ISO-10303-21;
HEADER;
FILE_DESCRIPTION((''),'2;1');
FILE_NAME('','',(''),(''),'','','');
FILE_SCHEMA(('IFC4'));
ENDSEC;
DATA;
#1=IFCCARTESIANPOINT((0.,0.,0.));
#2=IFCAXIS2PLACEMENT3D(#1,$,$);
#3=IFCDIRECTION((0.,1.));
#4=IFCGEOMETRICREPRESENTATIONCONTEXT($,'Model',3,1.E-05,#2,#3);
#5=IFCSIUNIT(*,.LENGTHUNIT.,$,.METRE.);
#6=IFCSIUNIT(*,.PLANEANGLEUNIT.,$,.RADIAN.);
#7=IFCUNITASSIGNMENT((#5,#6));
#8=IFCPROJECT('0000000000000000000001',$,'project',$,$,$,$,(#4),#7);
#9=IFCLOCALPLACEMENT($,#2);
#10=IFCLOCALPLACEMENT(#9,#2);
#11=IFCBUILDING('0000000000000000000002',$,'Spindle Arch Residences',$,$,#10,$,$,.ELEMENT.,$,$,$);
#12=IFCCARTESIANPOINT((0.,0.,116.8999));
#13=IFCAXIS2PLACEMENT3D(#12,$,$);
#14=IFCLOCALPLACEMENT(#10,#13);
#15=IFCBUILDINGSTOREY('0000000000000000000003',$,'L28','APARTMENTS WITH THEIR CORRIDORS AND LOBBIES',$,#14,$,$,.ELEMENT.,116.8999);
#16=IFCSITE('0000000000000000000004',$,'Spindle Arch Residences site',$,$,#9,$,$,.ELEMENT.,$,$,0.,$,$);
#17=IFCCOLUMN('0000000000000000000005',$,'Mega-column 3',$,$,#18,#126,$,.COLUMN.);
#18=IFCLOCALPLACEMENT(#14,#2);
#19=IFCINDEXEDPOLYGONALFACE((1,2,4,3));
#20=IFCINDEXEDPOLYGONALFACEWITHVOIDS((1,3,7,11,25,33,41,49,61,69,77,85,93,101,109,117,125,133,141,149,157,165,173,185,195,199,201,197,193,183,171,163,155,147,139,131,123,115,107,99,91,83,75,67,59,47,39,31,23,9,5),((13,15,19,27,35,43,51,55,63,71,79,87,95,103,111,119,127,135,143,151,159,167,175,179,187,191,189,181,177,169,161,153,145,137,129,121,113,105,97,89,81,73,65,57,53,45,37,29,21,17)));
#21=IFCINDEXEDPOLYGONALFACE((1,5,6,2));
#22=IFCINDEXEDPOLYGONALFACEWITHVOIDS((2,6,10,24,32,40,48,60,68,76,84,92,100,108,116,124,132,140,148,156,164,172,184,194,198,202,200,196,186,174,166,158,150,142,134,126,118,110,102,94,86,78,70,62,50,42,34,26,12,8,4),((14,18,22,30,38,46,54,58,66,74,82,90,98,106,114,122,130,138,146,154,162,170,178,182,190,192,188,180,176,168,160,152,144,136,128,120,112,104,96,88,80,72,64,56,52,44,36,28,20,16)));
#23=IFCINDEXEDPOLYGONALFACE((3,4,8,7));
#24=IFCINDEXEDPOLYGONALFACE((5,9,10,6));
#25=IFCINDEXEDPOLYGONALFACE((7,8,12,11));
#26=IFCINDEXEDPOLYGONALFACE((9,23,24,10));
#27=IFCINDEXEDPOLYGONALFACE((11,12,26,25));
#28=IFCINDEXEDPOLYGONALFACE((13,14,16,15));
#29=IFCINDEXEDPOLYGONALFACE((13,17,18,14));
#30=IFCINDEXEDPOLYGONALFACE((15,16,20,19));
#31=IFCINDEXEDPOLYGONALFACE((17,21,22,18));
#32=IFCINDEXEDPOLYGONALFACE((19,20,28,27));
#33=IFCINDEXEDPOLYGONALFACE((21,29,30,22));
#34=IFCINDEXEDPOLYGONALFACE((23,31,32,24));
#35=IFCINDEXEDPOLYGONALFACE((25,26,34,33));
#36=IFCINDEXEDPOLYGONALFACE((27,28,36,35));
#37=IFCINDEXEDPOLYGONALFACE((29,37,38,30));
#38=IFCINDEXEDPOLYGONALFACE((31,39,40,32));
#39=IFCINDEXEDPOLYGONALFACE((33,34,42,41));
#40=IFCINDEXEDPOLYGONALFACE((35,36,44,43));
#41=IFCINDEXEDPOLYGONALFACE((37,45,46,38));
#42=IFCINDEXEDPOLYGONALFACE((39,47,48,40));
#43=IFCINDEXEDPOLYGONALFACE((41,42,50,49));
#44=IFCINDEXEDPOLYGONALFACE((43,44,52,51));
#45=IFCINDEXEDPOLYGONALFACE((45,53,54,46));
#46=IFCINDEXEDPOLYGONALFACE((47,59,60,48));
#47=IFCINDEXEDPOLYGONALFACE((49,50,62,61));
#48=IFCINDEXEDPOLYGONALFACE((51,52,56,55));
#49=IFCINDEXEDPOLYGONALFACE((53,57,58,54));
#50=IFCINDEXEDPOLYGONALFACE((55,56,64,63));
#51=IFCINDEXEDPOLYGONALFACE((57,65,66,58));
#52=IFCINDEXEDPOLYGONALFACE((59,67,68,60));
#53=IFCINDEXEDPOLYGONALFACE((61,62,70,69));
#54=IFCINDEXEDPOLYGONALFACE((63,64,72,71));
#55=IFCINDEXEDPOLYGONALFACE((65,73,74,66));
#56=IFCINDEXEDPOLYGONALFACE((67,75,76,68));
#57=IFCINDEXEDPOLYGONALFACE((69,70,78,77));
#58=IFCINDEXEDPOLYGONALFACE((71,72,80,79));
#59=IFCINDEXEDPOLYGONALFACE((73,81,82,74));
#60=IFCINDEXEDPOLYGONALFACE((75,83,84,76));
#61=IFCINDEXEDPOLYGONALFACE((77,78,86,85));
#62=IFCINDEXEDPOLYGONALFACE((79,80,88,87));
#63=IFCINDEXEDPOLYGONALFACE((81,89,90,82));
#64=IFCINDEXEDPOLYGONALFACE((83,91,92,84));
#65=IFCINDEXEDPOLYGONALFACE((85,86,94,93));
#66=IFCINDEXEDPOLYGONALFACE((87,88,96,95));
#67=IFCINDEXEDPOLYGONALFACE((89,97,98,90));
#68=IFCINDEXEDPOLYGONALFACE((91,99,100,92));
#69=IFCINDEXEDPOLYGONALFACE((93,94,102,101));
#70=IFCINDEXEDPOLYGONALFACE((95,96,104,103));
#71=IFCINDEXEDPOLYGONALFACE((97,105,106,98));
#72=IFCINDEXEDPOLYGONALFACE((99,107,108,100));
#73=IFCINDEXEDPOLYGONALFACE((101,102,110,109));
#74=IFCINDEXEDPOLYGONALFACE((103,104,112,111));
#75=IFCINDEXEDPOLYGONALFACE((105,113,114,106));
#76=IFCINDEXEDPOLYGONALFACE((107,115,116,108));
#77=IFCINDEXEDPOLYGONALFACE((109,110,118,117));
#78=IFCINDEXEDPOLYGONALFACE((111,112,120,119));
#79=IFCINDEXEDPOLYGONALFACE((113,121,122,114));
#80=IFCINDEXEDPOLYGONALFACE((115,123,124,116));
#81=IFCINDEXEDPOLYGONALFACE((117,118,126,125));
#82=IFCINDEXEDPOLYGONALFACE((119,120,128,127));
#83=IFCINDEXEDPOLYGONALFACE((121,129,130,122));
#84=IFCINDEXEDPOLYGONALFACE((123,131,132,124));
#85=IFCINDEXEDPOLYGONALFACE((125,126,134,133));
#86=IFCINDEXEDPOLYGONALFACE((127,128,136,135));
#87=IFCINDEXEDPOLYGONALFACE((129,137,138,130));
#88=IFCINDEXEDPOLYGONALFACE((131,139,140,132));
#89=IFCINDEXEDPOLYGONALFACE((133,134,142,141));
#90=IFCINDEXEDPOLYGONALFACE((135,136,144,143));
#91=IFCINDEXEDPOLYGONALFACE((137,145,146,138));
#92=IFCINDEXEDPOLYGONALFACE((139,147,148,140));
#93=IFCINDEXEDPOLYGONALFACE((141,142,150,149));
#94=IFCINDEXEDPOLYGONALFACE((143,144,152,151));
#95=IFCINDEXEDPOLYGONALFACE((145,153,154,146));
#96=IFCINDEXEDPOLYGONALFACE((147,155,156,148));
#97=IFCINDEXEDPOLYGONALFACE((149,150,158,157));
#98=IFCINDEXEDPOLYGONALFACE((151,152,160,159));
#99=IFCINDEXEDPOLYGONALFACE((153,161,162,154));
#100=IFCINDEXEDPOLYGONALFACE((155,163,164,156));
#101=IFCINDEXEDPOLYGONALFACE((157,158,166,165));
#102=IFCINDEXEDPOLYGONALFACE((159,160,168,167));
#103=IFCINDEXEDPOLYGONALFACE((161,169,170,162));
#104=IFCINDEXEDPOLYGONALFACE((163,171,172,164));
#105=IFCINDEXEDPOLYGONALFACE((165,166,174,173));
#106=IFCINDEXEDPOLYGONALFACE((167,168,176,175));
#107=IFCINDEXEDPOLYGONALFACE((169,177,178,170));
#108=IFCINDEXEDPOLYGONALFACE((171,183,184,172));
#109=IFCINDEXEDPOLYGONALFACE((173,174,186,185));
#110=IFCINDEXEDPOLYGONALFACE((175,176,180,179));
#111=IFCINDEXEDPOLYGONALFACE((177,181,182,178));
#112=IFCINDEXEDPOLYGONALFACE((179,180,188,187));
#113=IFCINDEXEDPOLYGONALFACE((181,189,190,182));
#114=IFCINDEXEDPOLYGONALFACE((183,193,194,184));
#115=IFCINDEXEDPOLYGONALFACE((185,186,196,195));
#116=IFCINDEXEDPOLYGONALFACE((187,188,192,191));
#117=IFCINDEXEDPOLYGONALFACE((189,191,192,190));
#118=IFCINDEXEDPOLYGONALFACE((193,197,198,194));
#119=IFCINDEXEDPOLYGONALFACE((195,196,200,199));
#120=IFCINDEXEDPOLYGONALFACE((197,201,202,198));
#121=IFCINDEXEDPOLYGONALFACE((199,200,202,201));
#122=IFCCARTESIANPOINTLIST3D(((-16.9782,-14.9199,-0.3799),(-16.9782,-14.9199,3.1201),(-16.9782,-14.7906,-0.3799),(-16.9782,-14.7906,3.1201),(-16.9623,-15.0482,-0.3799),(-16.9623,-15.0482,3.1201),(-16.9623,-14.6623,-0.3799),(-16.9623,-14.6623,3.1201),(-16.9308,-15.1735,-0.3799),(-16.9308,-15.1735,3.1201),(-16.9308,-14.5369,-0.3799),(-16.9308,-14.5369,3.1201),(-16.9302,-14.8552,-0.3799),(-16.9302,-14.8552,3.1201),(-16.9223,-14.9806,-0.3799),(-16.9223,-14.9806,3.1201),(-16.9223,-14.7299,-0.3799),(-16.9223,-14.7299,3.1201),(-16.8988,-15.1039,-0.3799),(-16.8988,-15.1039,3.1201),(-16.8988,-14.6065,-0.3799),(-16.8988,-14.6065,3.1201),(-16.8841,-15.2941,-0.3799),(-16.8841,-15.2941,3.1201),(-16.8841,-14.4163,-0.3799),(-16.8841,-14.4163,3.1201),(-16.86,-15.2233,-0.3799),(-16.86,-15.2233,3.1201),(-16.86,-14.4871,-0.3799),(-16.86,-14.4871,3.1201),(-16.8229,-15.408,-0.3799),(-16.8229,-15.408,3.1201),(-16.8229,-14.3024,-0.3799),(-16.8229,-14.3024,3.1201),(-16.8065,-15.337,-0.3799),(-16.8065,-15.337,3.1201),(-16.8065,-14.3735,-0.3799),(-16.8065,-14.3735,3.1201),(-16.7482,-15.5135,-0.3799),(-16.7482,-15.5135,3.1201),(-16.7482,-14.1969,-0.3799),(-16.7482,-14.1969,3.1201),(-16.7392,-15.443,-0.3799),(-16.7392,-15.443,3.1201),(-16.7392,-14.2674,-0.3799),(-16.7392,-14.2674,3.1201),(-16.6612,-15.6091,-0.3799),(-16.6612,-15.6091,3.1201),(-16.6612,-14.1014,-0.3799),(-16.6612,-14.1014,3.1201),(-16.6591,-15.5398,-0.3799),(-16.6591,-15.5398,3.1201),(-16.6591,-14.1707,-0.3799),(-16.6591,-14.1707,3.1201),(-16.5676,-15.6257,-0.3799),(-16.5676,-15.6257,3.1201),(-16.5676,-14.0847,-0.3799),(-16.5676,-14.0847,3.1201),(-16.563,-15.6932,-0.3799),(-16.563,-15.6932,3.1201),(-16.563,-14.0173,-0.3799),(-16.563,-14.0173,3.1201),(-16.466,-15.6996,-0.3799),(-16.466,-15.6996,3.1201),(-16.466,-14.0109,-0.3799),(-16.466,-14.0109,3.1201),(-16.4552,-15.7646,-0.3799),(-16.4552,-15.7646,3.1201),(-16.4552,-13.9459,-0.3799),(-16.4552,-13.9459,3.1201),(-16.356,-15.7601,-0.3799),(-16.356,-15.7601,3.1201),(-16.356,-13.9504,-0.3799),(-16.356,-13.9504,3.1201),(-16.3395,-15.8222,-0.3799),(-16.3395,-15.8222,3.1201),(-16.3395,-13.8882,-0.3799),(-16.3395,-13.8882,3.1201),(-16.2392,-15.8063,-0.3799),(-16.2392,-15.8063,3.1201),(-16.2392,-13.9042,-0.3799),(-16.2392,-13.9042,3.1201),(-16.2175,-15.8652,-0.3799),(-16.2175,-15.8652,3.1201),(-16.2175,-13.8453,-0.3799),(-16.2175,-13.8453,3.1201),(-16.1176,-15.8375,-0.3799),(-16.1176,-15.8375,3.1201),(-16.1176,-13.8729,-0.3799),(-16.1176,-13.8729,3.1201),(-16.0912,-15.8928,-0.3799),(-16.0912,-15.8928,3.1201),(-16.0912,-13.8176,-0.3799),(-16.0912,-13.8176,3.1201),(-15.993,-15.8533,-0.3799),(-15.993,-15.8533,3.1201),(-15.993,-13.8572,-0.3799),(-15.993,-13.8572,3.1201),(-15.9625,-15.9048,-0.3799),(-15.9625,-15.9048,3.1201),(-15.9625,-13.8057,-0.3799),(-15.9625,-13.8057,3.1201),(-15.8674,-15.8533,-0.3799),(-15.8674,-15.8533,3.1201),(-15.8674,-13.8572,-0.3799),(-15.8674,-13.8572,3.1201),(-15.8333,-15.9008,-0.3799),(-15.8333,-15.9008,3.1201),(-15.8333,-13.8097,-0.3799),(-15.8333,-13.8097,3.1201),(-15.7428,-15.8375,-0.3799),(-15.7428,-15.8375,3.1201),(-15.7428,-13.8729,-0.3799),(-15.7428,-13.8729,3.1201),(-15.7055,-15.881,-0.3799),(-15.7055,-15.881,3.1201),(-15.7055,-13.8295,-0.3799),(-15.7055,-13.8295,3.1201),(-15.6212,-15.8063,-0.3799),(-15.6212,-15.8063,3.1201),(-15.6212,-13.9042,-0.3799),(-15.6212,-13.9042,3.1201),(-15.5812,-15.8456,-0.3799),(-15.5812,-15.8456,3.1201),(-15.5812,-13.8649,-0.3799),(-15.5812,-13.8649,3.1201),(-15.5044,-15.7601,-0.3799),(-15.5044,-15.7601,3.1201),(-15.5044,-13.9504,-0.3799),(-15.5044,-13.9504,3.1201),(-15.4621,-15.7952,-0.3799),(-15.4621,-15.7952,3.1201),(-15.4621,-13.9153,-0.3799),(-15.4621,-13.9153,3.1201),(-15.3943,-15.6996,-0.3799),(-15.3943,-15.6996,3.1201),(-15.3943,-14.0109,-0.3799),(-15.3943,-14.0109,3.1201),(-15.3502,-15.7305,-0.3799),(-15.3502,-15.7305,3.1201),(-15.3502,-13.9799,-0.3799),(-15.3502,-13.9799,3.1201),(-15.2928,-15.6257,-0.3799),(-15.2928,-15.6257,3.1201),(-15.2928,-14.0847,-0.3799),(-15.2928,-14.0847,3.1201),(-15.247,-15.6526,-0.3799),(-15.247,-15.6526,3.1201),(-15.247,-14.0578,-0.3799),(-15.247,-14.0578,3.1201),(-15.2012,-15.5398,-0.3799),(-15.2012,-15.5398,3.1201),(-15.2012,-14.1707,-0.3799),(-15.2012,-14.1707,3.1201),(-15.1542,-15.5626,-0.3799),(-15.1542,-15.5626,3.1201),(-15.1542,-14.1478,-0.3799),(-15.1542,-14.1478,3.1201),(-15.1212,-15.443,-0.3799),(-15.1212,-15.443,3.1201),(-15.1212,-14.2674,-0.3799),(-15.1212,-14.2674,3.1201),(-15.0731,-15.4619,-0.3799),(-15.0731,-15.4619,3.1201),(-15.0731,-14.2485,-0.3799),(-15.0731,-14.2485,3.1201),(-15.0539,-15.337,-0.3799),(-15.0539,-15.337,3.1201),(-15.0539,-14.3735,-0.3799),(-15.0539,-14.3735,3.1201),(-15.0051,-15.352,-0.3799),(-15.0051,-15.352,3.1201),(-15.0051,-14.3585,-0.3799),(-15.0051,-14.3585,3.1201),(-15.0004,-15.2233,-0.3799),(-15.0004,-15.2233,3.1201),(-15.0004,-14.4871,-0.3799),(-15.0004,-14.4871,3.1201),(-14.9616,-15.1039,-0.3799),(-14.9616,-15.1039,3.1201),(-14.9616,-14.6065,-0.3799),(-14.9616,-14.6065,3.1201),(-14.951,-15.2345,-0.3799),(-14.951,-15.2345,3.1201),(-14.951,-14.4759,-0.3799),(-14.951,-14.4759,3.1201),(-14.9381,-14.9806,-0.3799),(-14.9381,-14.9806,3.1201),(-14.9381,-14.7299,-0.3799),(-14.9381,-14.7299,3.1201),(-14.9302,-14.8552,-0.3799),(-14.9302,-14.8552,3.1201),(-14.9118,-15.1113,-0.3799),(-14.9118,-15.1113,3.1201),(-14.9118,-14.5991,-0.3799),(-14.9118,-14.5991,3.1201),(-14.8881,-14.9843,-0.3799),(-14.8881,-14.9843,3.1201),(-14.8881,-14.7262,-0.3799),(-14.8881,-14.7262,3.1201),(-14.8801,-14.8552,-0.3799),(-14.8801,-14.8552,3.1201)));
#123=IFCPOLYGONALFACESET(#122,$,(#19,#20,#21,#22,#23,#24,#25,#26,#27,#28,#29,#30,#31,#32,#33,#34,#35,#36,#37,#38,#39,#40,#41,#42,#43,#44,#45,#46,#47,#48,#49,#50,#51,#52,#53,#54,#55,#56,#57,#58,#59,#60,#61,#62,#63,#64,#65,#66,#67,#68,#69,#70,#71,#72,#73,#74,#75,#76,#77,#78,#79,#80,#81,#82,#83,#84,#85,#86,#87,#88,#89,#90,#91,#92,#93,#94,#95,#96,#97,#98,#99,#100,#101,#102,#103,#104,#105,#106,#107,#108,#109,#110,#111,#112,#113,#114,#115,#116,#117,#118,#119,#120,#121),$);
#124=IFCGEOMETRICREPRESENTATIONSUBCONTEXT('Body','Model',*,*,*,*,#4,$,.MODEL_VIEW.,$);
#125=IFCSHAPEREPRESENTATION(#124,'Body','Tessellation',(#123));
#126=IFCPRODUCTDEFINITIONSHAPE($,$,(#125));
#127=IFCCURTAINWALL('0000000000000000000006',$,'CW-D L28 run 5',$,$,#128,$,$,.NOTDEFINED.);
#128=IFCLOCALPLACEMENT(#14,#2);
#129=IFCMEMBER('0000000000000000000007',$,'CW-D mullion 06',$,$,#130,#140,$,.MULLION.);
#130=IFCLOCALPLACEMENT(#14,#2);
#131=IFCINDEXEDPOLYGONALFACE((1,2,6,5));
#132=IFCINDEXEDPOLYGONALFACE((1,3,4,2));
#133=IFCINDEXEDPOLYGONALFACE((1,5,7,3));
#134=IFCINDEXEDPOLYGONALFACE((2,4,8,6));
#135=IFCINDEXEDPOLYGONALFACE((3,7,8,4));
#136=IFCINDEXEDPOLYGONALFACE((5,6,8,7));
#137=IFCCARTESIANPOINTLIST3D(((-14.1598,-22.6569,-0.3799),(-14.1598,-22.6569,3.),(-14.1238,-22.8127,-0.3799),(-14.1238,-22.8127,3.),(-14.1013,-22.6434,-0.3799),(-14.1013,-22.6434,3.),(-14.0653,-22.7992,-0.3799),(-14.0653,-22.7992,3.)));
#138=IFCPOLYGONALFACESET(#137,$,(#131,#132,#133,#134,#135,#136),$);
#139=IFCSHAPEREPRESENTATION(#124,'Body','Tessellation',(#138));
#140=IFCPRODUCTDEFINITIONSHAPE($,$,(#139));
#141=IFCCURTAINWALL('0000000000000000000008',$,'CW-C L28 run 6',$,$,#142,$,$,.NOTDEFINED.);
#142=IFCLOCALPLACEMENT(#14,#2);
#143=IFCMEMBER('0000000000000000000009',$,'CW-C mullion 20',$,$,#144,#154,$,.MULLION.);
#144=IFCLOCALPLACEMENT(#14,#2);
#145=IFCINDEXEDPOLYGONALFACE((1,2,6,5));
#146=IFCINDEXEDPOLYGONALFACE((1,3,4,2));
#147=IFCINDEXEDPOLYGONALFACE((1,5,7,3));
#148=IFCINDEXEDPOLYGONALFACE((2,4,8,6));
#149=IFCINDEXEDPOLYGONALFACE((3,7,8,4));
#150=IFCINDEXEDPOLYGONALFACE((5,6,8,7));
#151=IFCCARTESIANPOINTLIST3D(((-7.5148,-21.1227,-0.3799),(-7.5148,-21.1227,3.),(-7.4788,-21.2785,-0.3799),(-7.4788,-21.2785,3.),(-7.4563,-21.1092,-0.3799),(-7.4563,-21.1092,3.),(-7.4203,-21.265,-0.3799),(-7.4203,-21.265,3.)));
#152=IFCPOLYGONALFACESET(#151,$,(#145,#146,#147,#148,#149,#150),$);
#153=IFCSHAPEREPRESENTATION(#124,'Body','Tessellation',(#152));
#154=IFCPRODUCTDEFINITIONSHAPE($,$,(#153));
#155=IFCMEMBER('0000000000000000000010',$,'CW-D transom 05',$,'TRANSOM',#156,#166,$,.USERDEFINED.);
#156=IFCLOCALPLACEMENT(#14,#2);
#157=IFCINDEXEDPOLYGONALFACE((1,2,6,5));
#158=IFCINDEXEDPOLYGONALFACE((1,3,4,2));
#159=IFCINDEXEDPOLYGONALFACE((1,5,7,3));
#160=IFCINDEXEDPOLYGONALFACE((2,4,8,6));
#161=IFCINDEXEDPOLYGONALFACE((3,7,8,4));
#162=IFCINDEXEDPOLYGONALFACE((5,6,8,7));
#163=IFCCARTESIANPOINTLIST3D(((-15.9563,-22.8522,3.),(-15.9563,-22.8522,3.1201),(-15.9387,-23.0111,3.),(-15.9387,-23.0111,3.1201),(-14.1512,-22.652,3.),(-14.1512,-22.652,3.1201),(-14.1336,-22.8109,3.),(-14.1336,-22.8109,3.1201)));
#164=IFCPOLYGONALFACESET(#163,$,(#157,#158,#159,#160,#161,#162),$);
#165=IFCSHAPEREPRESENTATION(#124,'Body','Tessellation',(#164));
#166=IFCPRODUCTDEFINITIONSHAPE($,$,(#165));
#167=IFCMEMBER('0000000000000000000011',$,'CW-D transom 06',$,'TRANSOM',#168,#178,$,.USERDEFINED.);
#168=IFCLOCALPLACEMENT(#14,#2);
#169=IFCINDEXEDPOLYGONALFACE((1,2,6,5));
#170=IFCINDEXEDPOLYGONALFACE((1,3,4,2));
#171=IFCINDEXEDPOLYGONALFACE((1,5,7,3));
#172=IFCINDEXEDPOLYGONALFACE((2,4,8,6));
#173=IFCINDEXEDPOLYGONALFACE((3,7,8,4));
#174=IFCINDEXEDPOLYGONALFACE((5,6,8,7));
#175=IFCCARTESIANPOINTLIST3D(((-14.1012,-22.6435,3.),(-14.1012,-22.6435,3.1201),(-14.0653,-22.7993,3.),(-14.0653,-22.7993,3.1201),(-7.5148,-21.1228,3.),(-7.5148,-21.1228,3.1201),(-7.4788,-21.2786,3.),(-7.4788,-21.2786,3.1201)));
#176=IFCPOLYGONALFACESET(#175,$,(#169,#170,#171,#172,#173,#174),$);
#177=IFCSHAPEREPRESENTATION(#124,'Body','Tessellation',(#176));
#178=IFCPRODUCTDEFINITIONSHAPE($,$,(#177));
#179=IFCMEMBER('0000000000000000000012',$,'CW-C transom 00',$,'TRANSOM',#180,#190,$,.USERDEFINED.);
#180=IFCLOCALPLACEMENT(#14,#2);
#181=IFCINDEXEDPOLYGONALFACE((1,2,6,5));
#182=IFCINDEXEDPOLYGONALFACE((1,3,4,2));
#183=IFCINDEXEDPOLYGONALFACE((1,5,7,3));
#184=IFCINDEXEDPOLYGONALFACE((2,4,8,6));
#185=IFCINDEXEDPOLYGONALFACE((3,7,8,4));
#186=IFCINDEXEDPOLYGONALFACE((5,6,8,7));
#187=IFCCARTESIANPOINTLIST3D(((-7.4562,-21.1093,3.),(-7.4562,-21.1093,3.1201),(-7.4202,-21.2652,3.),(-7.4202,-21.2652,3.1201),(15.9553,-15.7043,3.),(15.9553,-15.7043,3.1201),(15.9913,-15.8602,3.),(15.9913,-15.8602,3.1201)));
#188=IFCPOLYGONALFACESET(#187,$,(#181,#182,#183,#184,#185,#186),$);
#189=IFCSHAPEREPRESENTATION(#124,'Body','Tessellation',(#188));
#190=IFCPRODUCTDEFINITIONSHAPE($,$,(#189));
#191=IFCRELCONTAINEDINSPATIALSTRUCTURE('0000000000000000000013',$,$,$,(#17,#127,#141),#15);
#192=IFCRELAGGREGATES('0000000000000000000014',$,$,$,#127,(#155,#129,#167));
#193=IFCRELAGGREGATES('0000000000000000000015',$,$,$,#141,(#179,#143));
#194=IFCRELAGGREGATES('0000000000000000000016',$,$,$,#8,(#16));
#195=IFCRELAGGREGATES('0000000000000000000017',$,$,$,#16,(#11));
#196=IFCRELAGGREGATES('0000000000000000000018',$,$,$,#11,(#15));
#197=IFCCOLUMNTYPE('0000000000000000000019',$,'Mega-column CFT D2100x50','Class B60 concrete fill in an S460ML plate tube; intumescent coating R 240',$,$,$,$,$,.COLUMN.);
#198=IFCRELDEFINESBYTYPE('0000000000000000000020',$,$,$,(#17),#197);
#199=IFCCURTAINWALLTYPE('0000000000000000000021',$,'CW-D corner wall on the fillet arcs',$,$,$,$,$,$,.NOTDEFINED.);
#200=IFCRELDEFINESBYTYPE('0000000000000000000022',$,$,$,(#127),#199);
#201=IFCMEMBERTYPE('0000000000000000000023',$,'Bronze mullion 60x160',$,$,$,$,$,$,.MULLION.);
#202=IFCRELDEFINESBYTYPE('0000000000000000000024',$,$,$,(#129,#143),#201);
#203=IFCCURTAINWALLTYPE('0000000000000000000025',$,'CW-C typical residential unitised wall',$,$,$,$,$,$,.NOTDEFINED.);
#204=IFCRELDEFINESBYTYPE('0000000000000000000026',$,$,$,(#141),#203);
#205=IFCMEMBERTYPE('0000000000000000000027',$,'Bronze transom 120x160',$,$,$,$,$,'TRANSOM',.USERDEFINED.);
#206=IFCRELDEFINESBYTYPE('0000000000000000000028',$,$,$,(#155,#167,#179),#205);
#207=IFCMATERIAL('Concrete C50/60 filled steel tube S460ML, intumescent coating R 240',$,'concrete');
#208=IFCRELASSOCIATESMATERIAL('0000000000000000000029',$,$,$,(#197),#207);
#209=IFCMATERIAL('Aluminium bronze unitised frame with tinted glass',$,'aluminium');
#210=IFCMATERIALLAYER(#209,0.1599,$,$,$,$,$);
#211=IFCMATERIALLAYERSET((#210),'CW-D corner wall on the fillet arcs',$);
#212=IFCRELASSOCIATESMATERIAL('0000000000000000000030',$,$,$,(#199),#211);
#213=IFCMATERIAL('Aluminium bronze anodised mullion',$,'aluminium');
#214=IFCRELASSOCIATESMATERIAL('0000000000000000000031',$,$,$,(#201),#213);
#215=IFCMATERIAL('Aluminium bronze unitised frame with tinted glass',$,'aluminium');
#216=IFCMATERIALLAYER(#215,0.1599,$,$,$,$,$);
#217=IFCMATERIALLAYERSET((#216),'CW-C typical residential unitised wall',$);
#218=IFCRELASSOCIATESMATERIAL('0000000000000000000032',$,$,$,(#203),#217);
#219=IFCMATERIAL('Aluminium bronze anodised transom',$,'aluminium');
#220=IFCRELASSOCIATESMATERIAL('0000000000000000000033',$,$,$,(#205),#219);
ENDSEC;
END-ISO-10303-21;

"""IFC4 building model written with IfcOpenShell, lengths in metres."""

from ifc_helpers import new_model, si_unit, direction, frame, origin, origin_2d, place, context, subcontext, project, spatial, rectangle, hollow_circle, extrude, material, layer, layer_set, material_profile, profile_set, type_object, element, aggregate, save


model = new_model("IFC4")

# Units and contexts
model_context = context("Model", 3, precision=1e-05, world=origin(), true_north=direction((0.0, 1.0)))
body_context = subcontext(model_context, "Body", "Model", "MODEL_VIEW")
ifc_project = project(units=[si_unit("LENGTHUNIT", "METRE"), si_unit("PLANEANGLEUNIT", "RADIAN")], contexts=[model_context])

# Site, building, storey
site_placement = place(None, origin())
site = spatial("IfcSite", under=ifc_project, at=site_placement, Name="Spindle Arch Residences site", CompositionType="ELEMENT", RefElevation=0.0)
building_placement = place(site_placement, origin())
building = spatial("IfcBuilding", under=site, at=building_placement, Name="Spindle Arch Residences", CompositionType="ELEMENT")
storey_placement = place(building_placement, frame((0.0, 0.0, 116.8999)))
storey = spatial("IfcBuildingStorey", under=building, at=storey_placement, Name="L28", Description="APARTMENTS WITH THEIR CORRIDORS AND LOBBIES", CompositionType="ELEMENT", Elevation=116.8999)

# Column
ifc_material_1 = material(Name="Concrete C50/60 filled steel tube S460ML, intumescent coating R 240", Category="concrete")
ifc_material_profile_1 = material_profile(ifc_material_1, hollow_circle(Radius=1.05, WallThickness=0.05, at=origin_2d()), Name="CFT D2100x50")
ifc_profile_set_1 = profile_set([ifc_material_profile_1], Name="Concrete C50/60 filled steel tube S460ML, intumescent coating R 240")
column_type_1 = type_object("IfcColumnType", Name="Mega-column CFT D2100x50", Description="Class B60 concrete fill in an S460ML plate tube; intumescent coating R 240", PredefinedType="COLUMN", material=ifc_profile_set_1)
column_placement = place(storey_placement, frame((-15.9302, -14.8552, -0.3799), z_axis=(0.0, 0.0, 1.0), x_axis=(1.0, 0.0, 0.0)))
element("IfcColumn", 1, at=column_placement, inside=storey, type_object=column_type_1, Name="Mega-column 3", PredefinedType="COLUMN", context=body_context, shape_type="SweptSolid", body=[
    extrude(hollow_circle(Radius=1.05, WallThickness=0.05, at=origin_2d()), origin(), (0.0, 0.0, 1.0), 3.5),
])

# Curtain walls, members
ifc_material_2 = material(Name="Aluminium bronze unitised frame with tinted glass", Category="aluminium")
ifc_layer_1 = layer(ifc_material_2, 0.1599)
ifc_layer_set_1 = layer_set([ifc_layer_1], Name="CW-D corner wall on the fillet arcs")
curtain_wall_type_1 = type_object("IfcCurtainWallType", Name="CW-D corner wall on the fillet arcs", PredefinedType="NOTDEFINED", material=ifc_layer_set_1)
curtain_wall_1_placement = place(storey_placement, origin())
curtain_wall_1 = element("IfcCurtainWall", 2, at=curtain_wall_1_placement, inside=storey, type_object=curtain_wall_type_1, Name="CW-D L28 run 5", PredefinedType="NOTDEFINED")
ifc_material_3 = material(Name="Aluminium bronze anodised mullion", Category="aluminium")
ifc_material_profile_2 = material_profile(ifc_material_3, rectangle(XDim=0.1599, YDim=0.0601, at=origin_2d()), Name="MU 60x160")
ifc_profile_set_2 = profile_set([ifc_material_profile_2], Name="Aluminium bronze anodised mullion")
member_type_1 = type_object("IfcMemberType", Name="Bronze mullion 60x160", PredefinedType="MULLION", material=ifc_profile_set_2)
member_1_placement = place(storey_placement, frame((-14.1125, -22.728, -0.3799), z_axis=(0.0, 0.0, 1.0), x_axis=(-0.224951, 0.97437, 0.0)))
member_1 = element("IfcMember", 3, at=member_1_placement, type_object=member_type_1, Name="CW-D mullion 06", PredefinedType="MULLION", context=body_context, shape_type="SweptSolid", body=[
    extrude(rectangle(XDim=0.1599, YDim=0.0601, at=origin_2d()), origin(), (0.0, 0.0, 1.0), 3.3799),
])
ifc_material_4 = material(Name="Aluminium bronze unitised frame with tinted glass", Category="aluminium")
ifc_layer_2 = layer(ifc_material_4, 0.1599)
ifc_layer_set_2 = layer_set([ifc_layer_2], Name="CW-C typical residential unitised wall")
curtain_wall_type_2 = type_object("IfcCurtainWallType", Name="CW-C typical residential unitised wall", PredefinedType="NOTDEFINED", material=ifc_layer_set_2)
curtain_wall_2_placement = place(storey_placement, origin())
curtain_wall_2 = element("IfcCurtainWall", 4, at=curtain_wall_2_placement, inside=storey, type_object=curtain_wall_type_2, Name="CW-C L28 run 6", PredefinedType="NOTDEFINED")
member_2_placement = place(storey_placement, frame((-7.4675, -21.1938, -0.3799), z_axis=(0.0, 0.0, 1.0), x_axis=(-0.224951, 0.97437, 0.0)))
member_2 = element("IfcMember", 5, at=member_2_placement, type_object=member_type_1, Name="CW-C mullion 20", PredefinedType="MULLION", context=body_context, shape_type="SweptSolid", body=[
    extrude(rectangle(XDim=0.1599, YDim=0.0601, at=origin_2d()), origin(), (0.0, 0.0, 1.0), 3.3799),
])

# Members
ifc_material_5 = material(Name="Aluminium bronze anodised transom", Category="aluminium")
ifc_material_profile_3 = material_profile(ifc_material_5, rectangle(XDim=0.1599, YDim=0.1201, at=origin_2d()), Name="TR 120x160")
ifc_profile_set_3 = profile_set([ifc_material_profile_3], Name="Aluminium bronze anodised transom")
member_type_2 = type_object("IfcMemberType", Name="Bronze transom 120x160", ElementType="TRANSOM", PredefinedType="USERDEFINED", material=ifc_profile_set_3)
member_3_placement = place(storey_placement, frame((-15.9475, -22.9316, 3.0601), z_axis=(0.993907, 0.110225, 0.0), x_axis=(-0.110225, 0.993907, 0.0)))
member_3 = element("IfcMember", 6, at=member_3_placement, type_object=member_type_2, Name="CW-D transom 05", ObjectType="TRANSOM", PredefinedType="USERDEFINED", context=body_context, shape_type="SweptSolid", body=[
    extrude(rectangle(XDim=0.1599, YDim=0.1201, at=origin_2d()), origin(), (0.0, 0.0, 1.0), 1.8162),
])
member_4_placement = place(storey_placement, frame((-14.0833, -22.7214, 3.0601), z_axis=(0.974365, 0.224973, 0.0), x_axis=(-0.224973, 0.974365, 0.0)))
member_4 = element("IfcMember", 7, at=member_4_placement, type_object=member_type_2, Name="CW-D transom 06", ObjectType="TRANSOM", PredefinedType="USERDEFINED", context=body_context, shape_type="SweptSolid", body=[
    extrude(rectangle(XDim=0.1599, YDim=0.1201, at=origin_2d()), origin(), (0.0, 0.0, 1.0), 6.7598),
])
member_5_placement = place(storey_placement, frame((-7.4382, -21.1873, 3.0601), z_axis=(0.97437, 0.224952, 0.0), x_axis=(-0.224952, 0.97437, 0.0)))
member_5 = element("IfcMember", 8, at=member_5_placement, type_object=member_type_2, Name="CW-C transom 00", ObjectType="TRANSOM", PredefinedType="USERDEFINED", context=body_context, shape_type="SweptSolid", body=[
    extrude(rectangle(XDim=0.1599, YDim=0.1201, at=origin_2d()), origin(), (0.0, 0.0, 1.0), 24.0273),
])

aggregate(curtain_wall_1, [member_3, member_1, member_4])
aggregate(curtain_wall_2, [member_5, member_2])

save(model, "model.ifc")
